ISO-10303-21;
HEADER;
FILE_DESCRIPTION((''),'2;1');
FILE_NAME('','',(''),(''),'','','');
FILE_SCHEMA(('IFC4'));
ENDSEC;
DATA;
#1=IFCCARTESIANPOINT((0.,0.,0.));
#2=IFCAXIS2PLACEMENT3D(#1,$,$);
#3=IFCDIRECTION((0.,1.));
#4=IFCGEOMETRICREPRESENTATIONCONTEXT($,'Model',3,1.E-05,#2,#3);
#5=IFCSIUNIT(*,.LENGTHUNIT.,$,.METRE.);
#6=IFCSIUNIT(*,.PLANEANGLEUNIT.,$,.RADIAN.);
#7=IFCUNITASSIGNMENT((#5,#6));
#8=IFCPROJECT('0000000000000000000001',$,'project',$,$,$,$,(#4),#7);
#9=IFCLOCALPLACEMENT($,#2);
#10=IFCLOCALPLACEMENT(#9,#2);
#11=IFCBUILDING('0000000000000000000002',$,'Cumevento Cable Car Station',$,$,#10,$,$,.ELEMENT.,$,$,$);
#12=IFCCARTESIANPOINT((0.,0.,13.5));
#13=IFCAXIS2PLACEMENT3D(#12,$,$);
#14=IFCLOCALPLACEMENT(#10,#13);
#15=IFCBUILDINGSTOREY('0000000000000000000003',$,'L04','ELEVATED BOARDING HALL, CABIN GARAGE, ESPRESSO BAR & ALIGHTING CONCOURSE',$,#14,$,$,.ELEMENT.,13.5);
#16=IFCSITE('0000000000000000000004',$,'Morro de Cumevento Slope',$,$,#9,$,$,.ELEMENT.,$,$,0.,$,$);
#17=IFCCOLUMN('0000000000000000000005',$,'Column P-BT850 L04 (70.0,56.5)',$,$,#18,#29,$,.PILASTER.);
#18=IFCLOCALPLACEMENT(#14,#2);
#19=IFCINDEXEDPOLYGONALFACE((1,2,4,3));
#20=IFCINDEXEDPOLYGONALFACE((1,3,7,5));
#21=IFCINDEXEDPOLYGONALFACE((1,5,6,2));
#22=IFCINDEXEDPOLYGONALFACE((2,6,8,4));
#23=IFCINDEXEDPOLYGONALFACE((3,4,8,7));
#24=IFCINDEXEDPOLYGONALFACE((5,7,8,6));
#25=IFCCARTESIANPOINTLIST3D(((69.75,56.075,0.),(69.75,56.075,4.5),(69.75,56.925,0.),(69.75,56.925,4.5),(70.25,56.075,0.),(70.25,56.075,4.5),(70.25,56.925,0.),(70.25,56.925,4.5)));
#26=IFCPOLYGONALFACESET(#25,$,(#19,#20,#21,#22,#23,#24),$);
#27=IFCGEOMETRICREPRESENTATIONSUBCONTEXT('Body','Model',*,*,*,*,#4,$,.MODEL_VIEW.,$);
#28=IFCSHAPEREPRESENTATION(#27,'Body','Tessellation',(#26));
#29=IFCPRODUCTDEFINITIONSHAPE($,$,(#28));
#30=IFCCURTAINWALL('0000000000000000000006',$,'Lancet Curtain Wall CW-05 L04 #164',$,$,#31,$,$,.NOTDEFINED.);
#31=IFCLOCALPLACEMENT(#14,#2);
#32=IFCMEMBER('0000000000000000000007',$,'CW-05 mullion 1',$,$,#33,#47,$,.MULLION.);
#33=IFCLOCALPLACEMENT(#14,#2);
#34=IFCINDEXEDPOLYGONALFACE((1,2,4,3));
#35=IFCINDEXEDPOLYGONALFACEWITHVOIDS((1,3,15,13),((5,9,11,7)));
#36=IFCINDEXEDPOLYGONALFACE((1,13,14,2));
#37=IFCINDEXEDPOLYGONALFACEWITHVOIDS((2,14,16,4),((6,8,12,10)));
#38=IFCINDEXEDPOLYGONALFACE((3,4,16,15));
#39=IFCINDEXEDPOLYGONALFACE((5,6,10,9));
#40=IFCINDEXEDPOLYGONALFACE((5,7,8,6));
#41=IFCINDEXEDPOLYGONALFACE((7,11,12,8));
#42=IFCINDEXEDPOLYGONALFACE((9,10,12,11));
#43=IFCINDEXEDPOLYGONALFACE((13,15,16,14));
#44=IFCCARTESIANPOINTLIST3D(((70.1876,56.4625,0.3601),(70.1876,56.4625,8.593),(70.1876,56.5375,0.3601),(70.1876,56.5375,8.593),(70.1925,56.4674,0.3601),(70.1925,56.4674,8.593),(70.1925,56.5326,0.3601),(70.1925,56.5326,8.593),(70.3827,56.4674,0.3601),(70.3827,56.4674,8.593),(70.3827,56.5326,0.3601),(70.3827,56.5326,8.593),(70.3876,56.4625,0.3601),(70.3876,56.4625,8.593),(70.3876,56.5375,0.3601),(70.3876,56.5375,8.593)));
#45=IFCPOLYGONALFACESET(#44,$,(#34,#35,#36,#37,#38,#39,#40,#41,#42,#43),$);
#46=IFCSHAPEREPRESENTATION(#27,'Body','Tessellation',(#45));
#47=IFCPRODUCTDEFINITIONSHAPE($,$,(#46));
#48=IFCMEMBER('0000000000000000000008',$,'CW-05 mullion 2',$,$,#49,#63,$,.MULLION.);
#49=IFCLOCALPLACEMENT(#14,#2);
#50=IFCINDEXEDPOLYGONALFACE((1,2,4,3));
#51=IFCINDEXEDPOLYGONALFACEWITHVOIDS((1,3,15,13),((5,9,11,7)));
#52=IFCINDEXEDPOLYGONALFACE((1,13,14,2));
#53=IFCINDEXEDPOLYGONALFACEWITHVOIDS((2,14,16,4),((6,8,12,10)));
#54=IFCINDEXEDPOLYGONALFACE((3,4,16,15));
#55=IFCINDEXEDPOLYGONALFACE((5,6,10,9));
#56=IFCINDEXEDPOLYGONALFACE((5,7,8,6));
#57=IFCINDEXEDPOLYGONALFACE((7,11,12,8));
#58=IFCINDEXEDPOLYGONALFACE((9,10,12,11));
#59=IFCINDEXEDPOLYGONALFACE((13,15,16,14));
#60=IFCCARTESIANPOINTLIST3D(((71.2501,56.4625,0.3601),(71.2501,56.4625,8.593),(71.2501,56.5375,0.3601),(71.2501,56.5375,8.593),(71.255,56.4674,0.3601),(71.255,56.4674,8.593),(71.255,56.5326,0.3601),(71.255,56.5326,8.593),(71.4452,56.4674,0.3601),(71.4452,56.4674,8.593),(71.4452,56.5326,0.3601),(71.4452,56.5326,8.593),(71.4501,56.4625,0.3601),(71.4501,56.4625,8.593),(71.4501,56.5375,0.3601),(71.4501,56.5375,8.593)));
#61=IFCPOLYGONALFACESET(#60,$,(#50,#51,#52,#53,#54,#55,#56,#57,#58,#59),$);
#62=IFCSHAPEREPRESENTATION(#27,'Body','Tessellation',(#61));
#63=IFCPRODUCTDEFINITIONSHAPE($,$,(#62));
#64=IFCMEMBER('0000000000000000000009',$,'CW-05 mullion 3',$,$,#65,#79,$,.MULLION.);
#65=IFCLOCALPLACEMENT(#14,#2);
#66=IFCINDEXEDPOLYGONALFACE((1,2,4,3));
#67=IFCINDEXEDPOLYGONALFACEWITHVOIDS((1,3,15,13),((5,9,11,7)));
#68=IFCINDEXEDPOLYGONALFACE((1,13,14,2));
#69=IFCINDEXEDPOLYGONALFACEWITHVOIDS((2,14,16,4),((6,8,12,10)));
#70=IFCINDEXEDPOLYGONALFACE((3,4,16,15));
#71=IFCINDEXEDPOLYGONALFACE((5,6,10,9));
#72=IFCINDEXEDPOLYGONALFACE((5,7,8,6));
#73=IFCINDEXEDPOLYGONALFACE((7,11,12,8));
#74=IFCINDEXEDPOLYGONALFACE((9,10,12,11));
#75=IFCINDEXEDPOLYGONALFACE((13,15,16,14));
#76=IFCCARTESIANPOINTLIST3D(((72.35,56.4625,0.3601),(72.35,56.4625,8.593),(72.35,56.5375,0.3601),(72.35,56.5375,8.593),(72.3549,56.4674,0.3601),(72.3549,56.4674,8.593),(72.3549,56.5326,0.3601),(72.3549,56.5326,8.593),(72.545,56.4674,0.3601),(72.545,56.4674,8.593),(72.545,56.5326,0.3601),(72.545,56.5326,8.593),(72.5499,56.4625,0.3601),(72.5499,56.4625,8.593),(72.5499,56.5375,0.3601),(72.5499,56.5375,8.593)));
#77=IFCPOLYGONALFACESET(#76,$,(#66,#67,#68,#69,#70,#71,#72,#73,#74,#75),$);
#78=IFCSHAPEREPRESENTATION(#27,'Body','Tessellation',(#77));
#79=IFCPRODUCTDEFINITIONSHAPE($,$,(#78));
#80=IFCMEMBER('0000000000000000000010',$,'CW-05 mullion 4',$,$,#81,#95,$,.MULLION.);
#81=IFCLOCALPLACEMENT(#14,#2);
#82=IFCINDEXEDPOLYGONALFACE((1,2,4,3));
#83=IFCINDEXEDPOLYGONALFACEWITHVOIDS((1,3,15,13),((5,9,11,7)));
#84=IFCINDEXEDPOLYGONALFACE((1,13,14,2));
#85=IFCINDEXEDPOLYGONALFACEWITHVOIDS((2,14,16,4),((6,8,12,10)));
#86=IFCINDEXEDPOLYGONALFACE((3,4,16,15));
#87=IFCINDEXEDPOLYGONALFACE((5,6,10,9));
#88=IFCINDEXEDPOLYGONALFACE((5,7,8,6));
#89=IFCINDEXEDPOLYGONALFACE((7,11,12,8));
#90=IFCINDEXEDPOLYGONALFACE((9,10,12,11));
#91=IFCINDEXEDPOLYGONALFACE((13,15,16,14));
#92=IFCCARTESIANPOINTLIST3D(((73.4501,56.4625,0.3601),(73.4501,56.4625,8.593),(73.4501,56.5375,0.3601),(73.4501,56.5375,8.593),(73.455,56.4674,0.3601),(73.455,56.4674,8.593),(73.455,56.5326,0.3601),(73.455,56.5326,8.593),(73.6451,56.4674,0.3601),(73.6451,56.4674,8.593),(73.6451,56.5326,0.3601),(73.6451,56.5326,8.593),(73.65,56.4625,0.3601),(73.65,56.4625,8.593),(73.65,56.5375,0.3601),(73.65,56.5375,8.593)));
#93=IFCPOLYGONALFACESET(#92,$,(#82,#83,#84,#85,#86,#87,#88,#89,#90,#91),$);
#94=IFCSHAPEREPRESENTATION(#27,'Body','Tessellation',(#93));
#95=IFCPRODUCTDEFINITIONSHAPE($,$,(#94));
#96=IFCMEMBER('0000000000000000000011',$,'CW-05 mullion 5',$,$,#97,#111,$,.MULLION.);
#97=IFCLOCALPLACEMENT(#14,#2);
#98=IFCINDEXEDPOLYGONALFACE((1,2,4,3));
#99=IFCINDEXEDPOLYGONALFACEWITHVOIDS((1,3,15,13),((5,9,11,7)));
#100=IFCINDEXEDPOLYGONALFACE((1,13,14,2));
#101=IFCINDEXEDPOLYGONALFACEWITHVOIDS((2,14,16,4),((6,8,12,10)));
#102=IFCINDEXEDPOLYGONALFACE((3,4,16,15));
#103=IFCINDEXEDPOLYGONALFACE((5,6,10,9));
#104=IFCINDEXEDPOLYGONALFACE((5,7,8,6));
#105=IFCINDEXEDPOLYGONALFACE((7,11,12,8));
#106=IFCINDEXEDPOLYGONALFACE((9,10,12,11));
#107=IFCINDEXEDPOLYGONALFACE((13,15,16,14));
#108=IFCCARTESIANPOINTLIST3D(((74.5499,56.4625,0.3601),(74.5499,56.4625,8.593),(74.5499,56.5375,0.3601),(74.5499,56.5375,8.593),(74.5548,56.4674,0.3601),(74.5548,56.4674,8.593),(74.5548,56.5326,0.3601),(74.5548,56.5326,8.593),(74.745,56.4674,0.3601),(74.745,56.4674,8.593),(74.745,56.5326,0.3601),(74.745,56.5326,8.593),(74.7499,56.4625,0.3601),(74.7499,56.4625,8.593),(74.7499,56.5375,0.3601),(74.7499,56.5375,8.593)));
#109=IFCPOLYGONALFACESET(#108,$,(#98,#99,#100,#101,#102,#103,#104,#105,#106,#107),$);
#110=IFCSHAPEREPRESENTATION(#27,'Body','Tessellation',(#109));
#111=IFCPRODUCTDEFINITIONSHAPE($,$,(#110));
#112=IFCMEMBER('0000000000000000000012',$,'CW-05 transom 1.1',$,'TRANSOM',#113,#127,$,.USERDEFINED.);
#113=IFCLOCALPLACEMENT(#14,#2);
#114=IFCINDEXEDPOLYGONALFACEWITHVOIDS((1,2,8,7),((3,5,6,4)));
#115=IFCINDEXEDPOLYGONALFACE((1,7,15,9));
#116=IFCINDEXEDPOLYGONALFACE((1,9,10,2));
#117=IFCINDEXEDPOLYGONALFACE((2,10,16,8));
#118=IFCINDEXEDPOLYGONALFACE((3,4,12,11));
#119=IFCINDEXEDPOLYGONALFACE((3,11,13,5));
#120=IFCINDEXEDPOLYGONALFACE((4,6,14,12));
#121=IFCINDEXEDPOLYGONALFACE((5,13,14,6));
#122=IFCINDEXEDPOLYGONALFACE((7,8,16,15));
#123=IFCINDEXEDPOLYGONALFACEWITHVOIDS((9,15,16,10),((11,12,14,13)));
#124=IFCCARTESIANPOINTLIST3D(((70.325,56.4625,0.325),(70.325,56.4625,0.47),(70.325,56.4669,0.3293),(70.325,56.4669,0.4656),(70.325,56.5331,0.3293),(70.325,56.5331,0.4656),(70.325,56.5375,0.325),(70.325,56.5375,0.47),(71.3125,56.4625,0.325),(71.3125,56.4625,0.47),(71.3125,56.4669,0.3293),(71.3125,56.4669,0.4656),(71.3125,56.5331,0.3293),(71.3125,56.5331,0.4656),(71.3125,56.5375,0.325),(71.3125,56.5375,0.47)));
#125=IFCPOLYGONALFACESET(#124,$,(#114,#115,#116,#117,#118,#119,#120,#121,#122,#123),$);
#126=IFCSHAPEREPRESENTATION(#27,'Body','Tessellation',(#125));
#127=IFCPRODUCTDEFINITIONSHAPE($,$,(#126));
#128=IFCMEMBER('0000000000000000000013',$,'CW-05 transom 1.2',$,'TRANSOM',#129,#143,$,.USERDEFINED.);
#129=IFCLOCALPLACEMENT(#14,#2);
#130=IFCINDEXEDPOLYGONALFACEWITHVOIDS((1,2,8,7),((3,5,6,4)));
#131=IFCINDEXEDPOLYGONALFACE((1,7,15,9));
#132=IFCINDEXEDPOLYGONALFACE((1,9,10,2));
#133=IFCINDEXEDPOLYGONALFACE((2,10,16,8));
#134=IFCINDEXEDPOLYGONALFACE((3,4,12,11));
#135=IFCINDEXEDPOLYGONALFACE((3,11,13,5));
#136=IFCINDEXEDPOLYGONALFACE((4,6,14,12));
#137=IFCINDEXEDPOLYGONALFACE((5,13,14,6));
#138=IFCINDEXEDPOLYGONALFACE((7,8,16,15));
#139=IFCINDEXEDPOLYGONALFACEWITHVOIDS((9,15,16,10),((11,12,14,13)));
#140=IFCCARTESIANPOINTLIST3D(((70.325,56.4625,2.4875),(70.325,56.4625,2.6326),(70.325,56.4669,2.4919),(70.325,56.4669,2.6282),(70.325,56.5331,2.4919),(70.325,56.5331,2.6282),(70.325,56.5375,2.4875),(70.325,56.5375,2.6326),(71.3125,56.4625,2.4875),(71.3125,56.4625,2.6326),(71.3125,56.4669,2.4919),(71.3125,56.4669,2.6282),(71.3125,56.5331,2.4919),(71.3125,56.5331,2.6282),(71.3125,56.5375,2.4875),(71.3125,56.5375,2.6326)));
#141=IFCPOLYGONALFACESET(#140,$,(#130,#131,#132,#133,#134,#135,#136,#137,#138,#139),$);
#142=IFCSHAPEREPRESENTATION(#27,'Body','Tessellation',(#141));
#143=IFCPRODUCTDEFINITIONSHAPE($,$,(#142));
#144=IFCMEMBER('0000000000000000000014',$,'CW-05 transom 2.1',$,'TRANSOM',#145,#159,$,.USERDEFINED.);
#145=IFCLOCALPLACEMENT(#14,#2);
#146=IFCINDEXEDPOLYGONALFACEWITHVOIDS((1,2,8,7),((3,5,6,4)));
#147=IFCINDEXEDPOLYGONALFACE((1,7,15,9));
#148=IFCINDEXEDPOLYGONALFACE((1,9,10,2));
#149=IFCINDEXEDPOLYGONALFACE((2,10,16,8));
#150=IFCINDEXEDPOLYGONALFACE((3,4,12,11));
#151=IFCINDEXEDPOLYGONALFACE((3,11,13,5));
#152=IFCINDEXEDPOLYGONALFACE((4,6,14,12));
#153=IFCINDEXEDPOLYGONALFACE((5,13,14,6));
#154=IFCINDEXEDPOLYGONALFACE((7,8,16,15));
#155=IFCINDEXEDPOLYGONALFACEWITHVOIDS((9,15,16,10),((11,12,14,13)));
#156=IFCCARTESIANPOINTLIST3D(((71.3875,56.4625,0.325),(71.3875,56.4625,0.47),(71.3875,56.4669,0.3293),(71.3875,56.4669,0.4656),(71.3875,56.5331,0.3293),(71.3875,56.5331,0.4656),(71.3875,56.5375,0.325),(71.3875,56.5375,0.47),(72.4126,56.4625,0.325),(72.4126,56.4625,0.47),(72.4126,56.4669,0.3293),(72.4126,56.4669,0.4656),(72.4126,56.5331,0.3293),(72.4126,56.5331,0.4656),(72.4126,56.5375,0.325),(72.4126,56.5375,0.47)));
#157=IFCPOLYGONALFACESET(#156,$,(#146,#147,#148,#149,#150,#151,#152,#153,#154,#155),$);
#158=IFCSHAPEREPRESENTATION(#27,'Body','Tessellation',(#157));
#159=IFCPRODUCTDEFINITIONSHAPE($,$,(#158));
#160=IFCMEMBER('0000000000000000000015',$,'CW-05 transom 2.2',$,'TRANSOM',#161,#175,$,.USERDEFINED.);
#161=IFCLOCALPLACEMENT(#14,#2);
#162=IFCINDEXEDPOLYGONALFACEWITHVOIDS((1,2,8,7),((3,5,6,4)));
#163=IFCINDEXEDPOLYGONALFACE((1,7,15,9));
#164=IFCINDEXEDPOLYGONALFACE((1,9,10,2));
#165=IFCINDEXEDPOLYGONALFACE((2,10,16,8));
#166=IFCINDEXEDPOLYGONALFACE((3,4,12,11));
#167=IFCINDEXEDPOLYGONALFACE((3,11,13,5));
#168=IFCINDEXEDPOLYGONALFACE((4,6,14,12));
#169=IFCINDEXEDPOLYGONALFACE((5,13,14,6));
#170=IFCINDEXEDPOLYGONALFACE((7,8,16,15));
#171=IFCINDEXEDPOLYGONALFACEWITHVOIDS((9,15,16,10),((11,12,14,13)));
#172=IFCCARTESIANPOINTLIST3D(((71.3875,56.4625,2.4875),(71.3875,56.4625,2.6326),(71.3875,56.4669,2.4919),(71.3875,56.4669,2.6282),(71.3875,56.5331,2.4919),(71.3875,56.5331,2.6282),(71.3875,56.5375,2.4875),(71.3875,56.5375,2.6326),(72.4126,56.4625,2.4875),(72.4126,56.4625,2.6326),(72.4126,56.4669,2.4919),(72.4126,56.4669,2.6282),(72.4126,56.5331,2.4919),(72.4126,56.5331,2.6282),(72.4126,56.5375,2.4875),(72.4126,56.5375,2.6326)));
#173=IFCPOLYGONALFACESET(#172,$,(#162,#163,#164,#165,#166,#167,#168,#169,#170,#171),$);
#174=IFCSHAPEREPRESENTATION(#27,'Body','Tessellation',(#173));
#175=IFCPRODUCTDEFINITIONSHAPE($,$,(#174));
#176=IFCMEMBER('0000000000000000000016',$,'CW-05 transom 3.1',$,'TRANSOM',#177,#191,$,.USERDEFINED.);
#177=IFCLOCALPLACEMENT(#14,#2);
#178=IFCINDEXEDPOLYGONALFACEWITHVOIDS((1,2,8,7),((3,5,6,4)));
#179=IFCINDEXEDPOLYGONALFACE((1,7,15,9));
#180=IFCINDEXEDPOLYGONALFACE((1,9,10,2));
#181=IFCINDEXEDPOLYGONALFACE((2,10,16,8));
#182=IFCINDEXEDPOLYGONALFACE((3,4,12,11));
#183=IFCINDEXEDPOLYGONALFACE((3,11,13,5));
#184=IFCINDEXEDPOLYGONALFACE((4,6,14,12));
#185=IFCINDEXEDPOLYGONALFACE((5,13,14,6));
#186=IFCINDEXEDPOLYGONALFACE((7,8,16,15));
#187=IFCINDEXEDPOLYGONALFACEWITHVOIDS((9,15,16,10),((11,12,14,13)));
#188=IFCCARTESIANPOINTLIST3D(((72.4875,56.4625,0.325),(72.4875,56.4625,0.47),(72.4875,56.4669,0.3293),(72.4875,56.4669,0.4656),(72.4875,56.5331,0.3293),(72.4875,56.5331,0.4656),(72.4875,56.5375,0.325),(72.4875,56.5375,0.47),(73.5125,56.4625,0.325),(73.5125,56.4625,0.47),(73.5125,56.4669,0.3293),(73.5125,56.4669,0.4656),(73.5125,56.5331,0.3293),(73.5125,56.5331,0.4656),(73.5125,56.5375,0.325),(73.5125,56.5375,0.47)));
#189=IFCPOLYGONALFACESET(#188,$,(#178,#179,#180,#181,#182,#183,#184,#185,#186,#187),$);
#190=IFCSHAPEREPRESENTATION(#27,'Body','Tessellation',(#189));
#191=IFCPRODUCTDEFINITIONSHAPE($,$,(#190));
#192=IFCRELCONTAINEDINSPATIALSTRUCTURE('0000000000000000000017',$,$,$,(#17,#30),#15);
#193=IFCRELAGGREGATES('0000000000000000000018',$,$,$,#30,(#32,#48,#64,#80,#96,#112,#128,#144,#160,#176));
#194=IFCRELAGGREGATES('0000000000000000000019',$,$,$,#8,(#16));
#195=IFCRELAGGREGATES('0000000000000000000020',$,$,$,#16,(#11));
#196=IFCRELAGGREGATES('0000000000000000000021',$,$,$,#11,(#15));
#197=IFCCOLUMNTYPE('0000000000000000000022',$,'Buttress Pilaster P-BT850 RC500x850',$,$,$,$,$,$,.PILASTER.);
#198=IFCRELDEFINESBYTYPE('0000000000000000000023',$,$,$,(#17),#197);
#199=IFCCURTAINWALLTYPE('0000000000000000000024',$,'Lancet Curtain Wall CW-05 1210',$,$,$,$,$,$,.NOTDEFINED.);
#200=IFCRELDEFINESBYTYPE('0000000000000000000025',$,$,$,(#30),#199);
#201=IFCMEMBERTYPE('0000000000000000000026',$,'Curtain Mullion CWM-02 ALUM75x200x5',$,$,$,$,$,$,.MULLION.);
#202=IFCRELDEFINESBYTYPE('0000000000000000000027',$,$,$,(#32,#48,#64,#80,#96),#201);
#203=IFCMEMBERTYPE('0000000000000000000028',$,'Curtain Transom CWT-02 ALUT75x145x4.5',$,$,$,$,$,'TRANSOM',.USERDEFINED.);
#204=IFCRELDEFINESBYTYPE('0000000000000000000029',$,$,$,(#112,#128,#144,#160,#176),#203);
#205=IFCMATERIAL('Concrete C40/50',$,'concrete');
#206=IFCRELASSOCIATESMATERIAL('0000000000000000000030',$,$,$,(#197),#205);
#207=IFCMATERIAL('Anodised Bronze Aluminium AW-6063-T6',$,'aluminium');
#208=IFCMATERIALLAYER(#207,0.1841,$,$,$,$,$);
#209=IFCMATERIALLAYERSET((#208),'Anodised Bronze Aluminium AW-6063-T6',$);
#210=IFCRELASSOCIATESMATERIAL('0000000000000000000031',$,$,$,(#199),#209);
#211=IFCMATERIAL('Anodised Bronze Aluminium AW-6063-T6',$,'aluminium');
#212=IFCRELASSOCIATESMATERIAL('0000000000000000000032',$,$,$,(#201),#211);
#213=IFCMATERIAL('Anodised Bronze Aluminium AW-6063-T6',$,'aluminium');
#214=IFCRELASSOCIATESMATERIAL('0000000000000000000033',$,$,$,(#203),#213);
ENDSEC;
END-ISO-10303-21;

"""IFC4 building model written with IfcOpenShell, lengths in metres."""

from ifc_helpers import new_model, si_unit, direction, frame, origin, origin_2d, place, context, subcontext, project, spatial, rectangle, hollow_rectangle, extrude, material, layer, layer_set, material_profile, profile_set, type_object, element, aggregate, save


model = new_model("IFC4")

# Units and contexts
model_context = context("Model", 3, precision=1e-05, world=origin(), true_north=direction((0.0, 1.0)))
body_context = subcontext(model_context, "Body", "Model", "MODEL_VIEW")
ifc_project = project(units=[si_unit("LENGTHUNIT", "METRE"), si_unit("PLANEANGLEUNIT", "RADIAN")], contexts=[model_context])

# Site, building, storey
site_placement = place(None, origin())
site = spatial("IfcSite", under=ifc_project, at=site_placement, Name="Morro de Cumevento Slope", CompositionType="ELEMENT", RefElevation=0.0)
building_placement = place(site_placement, origin())
building = spatial("IfcBuilding", under=site, at=building_placement, Name="Cumevento Cable Car Station", CompositionType="ELEMENT")
storey_placement = place(building_placement, frame((0.0, 0.0, 13.5)))
storey = spatial("IfcBuildingStorey", under=building, at=storey_placement, Name="L04", Description="ELEVATED BOARDING HALL, CABIN GARAGE, ESPRESSO BAR & ALIGHTING CONCOURSE", CompositionType="ELEMENT", Elevation=13.5)

# Column
ifc_material_1 = material(Name="Concrete C40/50", Category="concrete")
ifc_material_profile_1 = material_profile(ifc_material_1, rectangle(XDim=0.5, YDim=0.8501, at=origin_2d()), Name="RC500x850")
ifc_profile_set_1 = profile_set([ifc_material_profile_1], Name="Concrete C40/50")
column_type = type_object("IfcColumnType", Name="Buttress Pilaster P-BT850 RC500x850", PredefinedType="PILASTER", material=ifc_profile_set_1)
column_placement = place(storey_placement, frame((70.0, 56.5, 0.0), z_axis=(0.0, 0.0, 1.0), x_axis=(1.0, 0.0, 0.0)))
element("IfcColumn", 1, at=column_placement, inside=storey, type_object=column_type, Name="Column P-BT850 L04 (70.0,56.5)", PredefinedType="PILASTER", context=body_context, shape_type="SweptSolid", body=[
    extrude(rectangle(XDim=0.5, YDim=0.8501, at=origin_2d()), origin(), (0.0, 0.0, 1.0), 4.5),
])

# Curtain wall, members
ifc_material_2 = material(Name="Anodised Bronze Aluminium AW-6063-T6", Category="aluminium")
ifc_layer_1 = layer(ifc_material_2, 0.1841)
ifc_layer_set_1 = layer_set([ifc_layer_1], Name="Anodised Bronze Aluminium AW-6063-T6")
curtain_wall_type = type_object("IfcCurtainWallType", Name="Lancet Curtain Wall CW-05 1210", PredefinedType="NOTDEFINED", material=ifc_layer_set_1)
curtain_wall_placement = place(storey_placement, origin())
curtain_wall = element("IfcCurtainWall", 2, at=curtain_wall_placement, inside=storey, type_object=curtain_wall_type, Name="Lancet Curtain Wall CW-05 L04 #164", PredefinedType="NOTDEFINED")
ifc_material_3 = material(Name="Anodised Bronze Aluminium AW-6063-T6", Category="aluminium")
ifc_material_profile_2 = material_profile(ifc_material_3, hollow_rectangle(XDim=0.075, YDim=0.2, WallThickness=0.0049, at=origin_2d()), Name="ALUM75x200x5")
ifc_profile_set_2 = profile_set([ifc_material_profile_2], Name="Anodised Bronze Aluminium AW-6063-T6")
member_type_1 = type_object("IfcMemberType", Name="Curtain Mullion CWM-02 ALUM75x200x5", PredefinedType="MULLION", material=ifc_profile_set_2)
member_1_placement = place(storey_placement, frame((70.2876, 56.5, 0.3601), z_axis=(0.0, 0.0, 1.0), x_axis=(0.0, 1.0, 0.0)))
member_1 = element("IfcMember", 3, at=member_1_placement, type_object=member_type_1, Name="CW-05 mullion 1", PredefinedType="MULLION", context=body_context, shape_type="SweptSolid", body=[
    extrude(hollow_rectangle(XDim=0.075, YDim=0.2, WallThickness=0.0049, at=origin_2d()), origin(), (0.0, 0.0, 1.0), 8.2329),
])
member_2_placement = place(storey_placement, frame((71.3501, 56.5, 0.3601), z_axis=(0.0, 0.0, 1.0), x_axis=(0.0, 1.0, 0.0)))
member_2 = element("IfcMember", 4, at=member_2_placement, type_object=member_type_1, Name="CW-05 mullion 2", PredefinedType="MULLION", context=body_context, shape_type="SweptSolid", body=[
    extrude(hollow_rectangle(XDim=0.075, YDim=0.2, WallThickness=0.0049, at=origin_2d()), origin(), (0.0, 0.0, 1.0), 8.2329),
])
member_3_placement = place(storey_placement, frame((72.45, 56.5, 0.3601), z_axis=(0.0, 0.0, 1.0), x_axis=(0.0, 1.0, 0.0)))
member_3 = element("IfcMember", 5, at=member_3_placement, type_object=member_type_1, Name="CW-05 mullion 3", PredefinedType="MULLION", context=body_context, shape_type="SweptSolid", body=[
    extrude(hollow_rectangle(XDim=0.075, YDim=0.2, WallThickness=0.0049, at=origin_2d()), origin(), (0.0, 0.0, 1.0), 8.2329),
])
member_4_placement = place(storey_placement, frame((73.55, 56.5, 0.3601), z_axis=(0.0, 0.0, 1.0), x_axis=(0.0, 1.0, 0.0)))
member_4 = element("IfcMember", 6, at=member_4_placement, type_object=member_type_1, Name="CW-05 mullion 4", PredefinedType="MULLION", context=body_context, shape_type="SweptSolid", body=[
    extrude(hollow_rectangle(XDim=0.075, YDim=0.2, WallThickness=0.0049, at=origin_2d()), origin(), (0.0, 0.0, 1.0), 8.2329),
])
member_5_placement = place(storey_placement, frame((74.6499, 56.5, 0.3601), z_axis=(0.0, 0.0, 1.0), x_axis=(0.0, 1.0, 0.0)))
member_5 = element("IfcMember", 7, at=member_5_placement, type_object=member_type_1, Name="CW-05 mullion 5", PredefinedType="MULLION", context=body_context, shape_type="SweptSolid", body=[
    extrude(hollow_rectangle(XDim=0.075, YDim=0.2, WallThickness=0.0049, at=origin_2d()), origin(), (0.0, 0.0, 1.0), 8.2329),
])
ifc_material_4 = material(Name="Anodised Bronze Aluminium AW-6063-T6", Category="aluminium")
ifc_material_profile_3 = material_profile(ifc_material_4, hollow_rectangle(XDim=0.075, YDim=0.145, WallThickness=0.0044, at=origin_2d()), Name="ALUT75x145x4.5")
ifc_profile_set_3 = profile_set([ifc_material_profile_3], Name="Anodised Bronze Aluminium AW-6063-T6")
member_type_2 = type_object("IfcMemberType", Name="Curtain Transom CWT-02 ALUT75x145x4.5", ElementType="TRANSOM", PredefinedType="USERDEFINED", material=ifc_profile_set_3)
member_6_placement = place(storey_placement, frame((70.325, 56.5, 0.3975), z_axis=(1.0, 0.0, 0.0), x_axis=(0.0, 1.0, 0.0)))
member_6 = element("IfcMember", 8, at=member_6_placement, type_object=member_type_2, Name="CW-05 transom 1.1", ObjectType="TRANSOM", PredefinedType="USERDEFINED", context=body_context, shape_type="SweptSolid", body=[
    extrude(hollow_rectangle(XDim=0.075, YDim=0.145, WallThickness=0.0044, at=origin_2d()), origin(), (0.0, 0.0, 1.0), 0.9875),
])
member_7_placement = place(storey_placement, frame((70.325, 56.5, 2.5601), z_axis=(1.0, 0.0, 0.0), x_axis=(0.0, 1.0, 0.0)))
member_7 = element("IfcMember", 9, at=member_7_placement, type_object=member_type_2, Name="CW-05 transom 1.2", ObjectType="TRANSOM", PredefinedType="USERDEFINED", context=body_context, shape_type="SweptSolid", body=[
    extrude(hollow_rectangle(XDim=0.075, YDim=0.145, WallThickness=0.0044, at=origin_2d()), origin(), (0.0, 0.0, 1.0), 0.9875),
])
member_8_placement = place(storey_placement, frame((71.3875, 56.5, 0.3975), z_axis=(1.0, 0.0, 0.0), x_axis=(0.0, 1.0, 0.0)))
member_8 = element("IfcMember", 10, at=member_8_placement, type_object=member_type_2, Name="CW-05 transom 2.1", ObjectType="TRANSOM", PredefinedType="USERDEFINED", context=body_context, shape_type="SweptSolid", body=[
    extrude(hollow_rectangle(XDim=0.075, YDim=0.145, WallThickness=0.0044, at=origin_2d()), origin(), (0.0, 0.0, 1.0), 1.0251),
])
member_9_placement = place(storey_placement, frame((71.3875, 56.5, 2.5601), z_axis=(1.0, 0.0, 0.0), x_axis=(0.0, 1.0, 0.0)))
member_9 = element("IfcMember", 11, at=member_9_placement, type_object=member_type_2, Name="CW-05 transom 2.2", ObjectType="TRANSOM", PredefinedType="USERDEFINED", context=body_context, shape_type="SweptSolid", body=[
    extrude(hollow_rectangle(XDim=0.075, YDim=0.145, WallThickness=0.0044, at=origin_2d()), origin(), (0.0, 0.0, 1.0), 1.0251),
])
member_10_placement = place(storey_placement, frame((72.4875, 56.5, 0.3975), z_axis=(1.0, 0.0, 0.0), x_axis=(0.0, 1.0, 0.0)))
member_10 = element("IfcMember", 12, at=member_10_placement, type_object=member_type_2, Name="CW-05 transom 3.1", ObjectType="TRANSOM", PredefinedType="USERDEFINED", context=body_context, shape_type="SweptSolid", body=[
    extrude(hollow_rectangle(XDim=0.075, YDim=0.145, WallThickness=0.0044, at=origin_2d()), origin(), (0.0, 0.0, 1.0), 1.0249),
])
aggregate(curtain_wall, [member_1, member_2, member_3, member_4, member_5, member_6, member_7, member_8, member_9, member_10])

save(model, "model.ifc")
